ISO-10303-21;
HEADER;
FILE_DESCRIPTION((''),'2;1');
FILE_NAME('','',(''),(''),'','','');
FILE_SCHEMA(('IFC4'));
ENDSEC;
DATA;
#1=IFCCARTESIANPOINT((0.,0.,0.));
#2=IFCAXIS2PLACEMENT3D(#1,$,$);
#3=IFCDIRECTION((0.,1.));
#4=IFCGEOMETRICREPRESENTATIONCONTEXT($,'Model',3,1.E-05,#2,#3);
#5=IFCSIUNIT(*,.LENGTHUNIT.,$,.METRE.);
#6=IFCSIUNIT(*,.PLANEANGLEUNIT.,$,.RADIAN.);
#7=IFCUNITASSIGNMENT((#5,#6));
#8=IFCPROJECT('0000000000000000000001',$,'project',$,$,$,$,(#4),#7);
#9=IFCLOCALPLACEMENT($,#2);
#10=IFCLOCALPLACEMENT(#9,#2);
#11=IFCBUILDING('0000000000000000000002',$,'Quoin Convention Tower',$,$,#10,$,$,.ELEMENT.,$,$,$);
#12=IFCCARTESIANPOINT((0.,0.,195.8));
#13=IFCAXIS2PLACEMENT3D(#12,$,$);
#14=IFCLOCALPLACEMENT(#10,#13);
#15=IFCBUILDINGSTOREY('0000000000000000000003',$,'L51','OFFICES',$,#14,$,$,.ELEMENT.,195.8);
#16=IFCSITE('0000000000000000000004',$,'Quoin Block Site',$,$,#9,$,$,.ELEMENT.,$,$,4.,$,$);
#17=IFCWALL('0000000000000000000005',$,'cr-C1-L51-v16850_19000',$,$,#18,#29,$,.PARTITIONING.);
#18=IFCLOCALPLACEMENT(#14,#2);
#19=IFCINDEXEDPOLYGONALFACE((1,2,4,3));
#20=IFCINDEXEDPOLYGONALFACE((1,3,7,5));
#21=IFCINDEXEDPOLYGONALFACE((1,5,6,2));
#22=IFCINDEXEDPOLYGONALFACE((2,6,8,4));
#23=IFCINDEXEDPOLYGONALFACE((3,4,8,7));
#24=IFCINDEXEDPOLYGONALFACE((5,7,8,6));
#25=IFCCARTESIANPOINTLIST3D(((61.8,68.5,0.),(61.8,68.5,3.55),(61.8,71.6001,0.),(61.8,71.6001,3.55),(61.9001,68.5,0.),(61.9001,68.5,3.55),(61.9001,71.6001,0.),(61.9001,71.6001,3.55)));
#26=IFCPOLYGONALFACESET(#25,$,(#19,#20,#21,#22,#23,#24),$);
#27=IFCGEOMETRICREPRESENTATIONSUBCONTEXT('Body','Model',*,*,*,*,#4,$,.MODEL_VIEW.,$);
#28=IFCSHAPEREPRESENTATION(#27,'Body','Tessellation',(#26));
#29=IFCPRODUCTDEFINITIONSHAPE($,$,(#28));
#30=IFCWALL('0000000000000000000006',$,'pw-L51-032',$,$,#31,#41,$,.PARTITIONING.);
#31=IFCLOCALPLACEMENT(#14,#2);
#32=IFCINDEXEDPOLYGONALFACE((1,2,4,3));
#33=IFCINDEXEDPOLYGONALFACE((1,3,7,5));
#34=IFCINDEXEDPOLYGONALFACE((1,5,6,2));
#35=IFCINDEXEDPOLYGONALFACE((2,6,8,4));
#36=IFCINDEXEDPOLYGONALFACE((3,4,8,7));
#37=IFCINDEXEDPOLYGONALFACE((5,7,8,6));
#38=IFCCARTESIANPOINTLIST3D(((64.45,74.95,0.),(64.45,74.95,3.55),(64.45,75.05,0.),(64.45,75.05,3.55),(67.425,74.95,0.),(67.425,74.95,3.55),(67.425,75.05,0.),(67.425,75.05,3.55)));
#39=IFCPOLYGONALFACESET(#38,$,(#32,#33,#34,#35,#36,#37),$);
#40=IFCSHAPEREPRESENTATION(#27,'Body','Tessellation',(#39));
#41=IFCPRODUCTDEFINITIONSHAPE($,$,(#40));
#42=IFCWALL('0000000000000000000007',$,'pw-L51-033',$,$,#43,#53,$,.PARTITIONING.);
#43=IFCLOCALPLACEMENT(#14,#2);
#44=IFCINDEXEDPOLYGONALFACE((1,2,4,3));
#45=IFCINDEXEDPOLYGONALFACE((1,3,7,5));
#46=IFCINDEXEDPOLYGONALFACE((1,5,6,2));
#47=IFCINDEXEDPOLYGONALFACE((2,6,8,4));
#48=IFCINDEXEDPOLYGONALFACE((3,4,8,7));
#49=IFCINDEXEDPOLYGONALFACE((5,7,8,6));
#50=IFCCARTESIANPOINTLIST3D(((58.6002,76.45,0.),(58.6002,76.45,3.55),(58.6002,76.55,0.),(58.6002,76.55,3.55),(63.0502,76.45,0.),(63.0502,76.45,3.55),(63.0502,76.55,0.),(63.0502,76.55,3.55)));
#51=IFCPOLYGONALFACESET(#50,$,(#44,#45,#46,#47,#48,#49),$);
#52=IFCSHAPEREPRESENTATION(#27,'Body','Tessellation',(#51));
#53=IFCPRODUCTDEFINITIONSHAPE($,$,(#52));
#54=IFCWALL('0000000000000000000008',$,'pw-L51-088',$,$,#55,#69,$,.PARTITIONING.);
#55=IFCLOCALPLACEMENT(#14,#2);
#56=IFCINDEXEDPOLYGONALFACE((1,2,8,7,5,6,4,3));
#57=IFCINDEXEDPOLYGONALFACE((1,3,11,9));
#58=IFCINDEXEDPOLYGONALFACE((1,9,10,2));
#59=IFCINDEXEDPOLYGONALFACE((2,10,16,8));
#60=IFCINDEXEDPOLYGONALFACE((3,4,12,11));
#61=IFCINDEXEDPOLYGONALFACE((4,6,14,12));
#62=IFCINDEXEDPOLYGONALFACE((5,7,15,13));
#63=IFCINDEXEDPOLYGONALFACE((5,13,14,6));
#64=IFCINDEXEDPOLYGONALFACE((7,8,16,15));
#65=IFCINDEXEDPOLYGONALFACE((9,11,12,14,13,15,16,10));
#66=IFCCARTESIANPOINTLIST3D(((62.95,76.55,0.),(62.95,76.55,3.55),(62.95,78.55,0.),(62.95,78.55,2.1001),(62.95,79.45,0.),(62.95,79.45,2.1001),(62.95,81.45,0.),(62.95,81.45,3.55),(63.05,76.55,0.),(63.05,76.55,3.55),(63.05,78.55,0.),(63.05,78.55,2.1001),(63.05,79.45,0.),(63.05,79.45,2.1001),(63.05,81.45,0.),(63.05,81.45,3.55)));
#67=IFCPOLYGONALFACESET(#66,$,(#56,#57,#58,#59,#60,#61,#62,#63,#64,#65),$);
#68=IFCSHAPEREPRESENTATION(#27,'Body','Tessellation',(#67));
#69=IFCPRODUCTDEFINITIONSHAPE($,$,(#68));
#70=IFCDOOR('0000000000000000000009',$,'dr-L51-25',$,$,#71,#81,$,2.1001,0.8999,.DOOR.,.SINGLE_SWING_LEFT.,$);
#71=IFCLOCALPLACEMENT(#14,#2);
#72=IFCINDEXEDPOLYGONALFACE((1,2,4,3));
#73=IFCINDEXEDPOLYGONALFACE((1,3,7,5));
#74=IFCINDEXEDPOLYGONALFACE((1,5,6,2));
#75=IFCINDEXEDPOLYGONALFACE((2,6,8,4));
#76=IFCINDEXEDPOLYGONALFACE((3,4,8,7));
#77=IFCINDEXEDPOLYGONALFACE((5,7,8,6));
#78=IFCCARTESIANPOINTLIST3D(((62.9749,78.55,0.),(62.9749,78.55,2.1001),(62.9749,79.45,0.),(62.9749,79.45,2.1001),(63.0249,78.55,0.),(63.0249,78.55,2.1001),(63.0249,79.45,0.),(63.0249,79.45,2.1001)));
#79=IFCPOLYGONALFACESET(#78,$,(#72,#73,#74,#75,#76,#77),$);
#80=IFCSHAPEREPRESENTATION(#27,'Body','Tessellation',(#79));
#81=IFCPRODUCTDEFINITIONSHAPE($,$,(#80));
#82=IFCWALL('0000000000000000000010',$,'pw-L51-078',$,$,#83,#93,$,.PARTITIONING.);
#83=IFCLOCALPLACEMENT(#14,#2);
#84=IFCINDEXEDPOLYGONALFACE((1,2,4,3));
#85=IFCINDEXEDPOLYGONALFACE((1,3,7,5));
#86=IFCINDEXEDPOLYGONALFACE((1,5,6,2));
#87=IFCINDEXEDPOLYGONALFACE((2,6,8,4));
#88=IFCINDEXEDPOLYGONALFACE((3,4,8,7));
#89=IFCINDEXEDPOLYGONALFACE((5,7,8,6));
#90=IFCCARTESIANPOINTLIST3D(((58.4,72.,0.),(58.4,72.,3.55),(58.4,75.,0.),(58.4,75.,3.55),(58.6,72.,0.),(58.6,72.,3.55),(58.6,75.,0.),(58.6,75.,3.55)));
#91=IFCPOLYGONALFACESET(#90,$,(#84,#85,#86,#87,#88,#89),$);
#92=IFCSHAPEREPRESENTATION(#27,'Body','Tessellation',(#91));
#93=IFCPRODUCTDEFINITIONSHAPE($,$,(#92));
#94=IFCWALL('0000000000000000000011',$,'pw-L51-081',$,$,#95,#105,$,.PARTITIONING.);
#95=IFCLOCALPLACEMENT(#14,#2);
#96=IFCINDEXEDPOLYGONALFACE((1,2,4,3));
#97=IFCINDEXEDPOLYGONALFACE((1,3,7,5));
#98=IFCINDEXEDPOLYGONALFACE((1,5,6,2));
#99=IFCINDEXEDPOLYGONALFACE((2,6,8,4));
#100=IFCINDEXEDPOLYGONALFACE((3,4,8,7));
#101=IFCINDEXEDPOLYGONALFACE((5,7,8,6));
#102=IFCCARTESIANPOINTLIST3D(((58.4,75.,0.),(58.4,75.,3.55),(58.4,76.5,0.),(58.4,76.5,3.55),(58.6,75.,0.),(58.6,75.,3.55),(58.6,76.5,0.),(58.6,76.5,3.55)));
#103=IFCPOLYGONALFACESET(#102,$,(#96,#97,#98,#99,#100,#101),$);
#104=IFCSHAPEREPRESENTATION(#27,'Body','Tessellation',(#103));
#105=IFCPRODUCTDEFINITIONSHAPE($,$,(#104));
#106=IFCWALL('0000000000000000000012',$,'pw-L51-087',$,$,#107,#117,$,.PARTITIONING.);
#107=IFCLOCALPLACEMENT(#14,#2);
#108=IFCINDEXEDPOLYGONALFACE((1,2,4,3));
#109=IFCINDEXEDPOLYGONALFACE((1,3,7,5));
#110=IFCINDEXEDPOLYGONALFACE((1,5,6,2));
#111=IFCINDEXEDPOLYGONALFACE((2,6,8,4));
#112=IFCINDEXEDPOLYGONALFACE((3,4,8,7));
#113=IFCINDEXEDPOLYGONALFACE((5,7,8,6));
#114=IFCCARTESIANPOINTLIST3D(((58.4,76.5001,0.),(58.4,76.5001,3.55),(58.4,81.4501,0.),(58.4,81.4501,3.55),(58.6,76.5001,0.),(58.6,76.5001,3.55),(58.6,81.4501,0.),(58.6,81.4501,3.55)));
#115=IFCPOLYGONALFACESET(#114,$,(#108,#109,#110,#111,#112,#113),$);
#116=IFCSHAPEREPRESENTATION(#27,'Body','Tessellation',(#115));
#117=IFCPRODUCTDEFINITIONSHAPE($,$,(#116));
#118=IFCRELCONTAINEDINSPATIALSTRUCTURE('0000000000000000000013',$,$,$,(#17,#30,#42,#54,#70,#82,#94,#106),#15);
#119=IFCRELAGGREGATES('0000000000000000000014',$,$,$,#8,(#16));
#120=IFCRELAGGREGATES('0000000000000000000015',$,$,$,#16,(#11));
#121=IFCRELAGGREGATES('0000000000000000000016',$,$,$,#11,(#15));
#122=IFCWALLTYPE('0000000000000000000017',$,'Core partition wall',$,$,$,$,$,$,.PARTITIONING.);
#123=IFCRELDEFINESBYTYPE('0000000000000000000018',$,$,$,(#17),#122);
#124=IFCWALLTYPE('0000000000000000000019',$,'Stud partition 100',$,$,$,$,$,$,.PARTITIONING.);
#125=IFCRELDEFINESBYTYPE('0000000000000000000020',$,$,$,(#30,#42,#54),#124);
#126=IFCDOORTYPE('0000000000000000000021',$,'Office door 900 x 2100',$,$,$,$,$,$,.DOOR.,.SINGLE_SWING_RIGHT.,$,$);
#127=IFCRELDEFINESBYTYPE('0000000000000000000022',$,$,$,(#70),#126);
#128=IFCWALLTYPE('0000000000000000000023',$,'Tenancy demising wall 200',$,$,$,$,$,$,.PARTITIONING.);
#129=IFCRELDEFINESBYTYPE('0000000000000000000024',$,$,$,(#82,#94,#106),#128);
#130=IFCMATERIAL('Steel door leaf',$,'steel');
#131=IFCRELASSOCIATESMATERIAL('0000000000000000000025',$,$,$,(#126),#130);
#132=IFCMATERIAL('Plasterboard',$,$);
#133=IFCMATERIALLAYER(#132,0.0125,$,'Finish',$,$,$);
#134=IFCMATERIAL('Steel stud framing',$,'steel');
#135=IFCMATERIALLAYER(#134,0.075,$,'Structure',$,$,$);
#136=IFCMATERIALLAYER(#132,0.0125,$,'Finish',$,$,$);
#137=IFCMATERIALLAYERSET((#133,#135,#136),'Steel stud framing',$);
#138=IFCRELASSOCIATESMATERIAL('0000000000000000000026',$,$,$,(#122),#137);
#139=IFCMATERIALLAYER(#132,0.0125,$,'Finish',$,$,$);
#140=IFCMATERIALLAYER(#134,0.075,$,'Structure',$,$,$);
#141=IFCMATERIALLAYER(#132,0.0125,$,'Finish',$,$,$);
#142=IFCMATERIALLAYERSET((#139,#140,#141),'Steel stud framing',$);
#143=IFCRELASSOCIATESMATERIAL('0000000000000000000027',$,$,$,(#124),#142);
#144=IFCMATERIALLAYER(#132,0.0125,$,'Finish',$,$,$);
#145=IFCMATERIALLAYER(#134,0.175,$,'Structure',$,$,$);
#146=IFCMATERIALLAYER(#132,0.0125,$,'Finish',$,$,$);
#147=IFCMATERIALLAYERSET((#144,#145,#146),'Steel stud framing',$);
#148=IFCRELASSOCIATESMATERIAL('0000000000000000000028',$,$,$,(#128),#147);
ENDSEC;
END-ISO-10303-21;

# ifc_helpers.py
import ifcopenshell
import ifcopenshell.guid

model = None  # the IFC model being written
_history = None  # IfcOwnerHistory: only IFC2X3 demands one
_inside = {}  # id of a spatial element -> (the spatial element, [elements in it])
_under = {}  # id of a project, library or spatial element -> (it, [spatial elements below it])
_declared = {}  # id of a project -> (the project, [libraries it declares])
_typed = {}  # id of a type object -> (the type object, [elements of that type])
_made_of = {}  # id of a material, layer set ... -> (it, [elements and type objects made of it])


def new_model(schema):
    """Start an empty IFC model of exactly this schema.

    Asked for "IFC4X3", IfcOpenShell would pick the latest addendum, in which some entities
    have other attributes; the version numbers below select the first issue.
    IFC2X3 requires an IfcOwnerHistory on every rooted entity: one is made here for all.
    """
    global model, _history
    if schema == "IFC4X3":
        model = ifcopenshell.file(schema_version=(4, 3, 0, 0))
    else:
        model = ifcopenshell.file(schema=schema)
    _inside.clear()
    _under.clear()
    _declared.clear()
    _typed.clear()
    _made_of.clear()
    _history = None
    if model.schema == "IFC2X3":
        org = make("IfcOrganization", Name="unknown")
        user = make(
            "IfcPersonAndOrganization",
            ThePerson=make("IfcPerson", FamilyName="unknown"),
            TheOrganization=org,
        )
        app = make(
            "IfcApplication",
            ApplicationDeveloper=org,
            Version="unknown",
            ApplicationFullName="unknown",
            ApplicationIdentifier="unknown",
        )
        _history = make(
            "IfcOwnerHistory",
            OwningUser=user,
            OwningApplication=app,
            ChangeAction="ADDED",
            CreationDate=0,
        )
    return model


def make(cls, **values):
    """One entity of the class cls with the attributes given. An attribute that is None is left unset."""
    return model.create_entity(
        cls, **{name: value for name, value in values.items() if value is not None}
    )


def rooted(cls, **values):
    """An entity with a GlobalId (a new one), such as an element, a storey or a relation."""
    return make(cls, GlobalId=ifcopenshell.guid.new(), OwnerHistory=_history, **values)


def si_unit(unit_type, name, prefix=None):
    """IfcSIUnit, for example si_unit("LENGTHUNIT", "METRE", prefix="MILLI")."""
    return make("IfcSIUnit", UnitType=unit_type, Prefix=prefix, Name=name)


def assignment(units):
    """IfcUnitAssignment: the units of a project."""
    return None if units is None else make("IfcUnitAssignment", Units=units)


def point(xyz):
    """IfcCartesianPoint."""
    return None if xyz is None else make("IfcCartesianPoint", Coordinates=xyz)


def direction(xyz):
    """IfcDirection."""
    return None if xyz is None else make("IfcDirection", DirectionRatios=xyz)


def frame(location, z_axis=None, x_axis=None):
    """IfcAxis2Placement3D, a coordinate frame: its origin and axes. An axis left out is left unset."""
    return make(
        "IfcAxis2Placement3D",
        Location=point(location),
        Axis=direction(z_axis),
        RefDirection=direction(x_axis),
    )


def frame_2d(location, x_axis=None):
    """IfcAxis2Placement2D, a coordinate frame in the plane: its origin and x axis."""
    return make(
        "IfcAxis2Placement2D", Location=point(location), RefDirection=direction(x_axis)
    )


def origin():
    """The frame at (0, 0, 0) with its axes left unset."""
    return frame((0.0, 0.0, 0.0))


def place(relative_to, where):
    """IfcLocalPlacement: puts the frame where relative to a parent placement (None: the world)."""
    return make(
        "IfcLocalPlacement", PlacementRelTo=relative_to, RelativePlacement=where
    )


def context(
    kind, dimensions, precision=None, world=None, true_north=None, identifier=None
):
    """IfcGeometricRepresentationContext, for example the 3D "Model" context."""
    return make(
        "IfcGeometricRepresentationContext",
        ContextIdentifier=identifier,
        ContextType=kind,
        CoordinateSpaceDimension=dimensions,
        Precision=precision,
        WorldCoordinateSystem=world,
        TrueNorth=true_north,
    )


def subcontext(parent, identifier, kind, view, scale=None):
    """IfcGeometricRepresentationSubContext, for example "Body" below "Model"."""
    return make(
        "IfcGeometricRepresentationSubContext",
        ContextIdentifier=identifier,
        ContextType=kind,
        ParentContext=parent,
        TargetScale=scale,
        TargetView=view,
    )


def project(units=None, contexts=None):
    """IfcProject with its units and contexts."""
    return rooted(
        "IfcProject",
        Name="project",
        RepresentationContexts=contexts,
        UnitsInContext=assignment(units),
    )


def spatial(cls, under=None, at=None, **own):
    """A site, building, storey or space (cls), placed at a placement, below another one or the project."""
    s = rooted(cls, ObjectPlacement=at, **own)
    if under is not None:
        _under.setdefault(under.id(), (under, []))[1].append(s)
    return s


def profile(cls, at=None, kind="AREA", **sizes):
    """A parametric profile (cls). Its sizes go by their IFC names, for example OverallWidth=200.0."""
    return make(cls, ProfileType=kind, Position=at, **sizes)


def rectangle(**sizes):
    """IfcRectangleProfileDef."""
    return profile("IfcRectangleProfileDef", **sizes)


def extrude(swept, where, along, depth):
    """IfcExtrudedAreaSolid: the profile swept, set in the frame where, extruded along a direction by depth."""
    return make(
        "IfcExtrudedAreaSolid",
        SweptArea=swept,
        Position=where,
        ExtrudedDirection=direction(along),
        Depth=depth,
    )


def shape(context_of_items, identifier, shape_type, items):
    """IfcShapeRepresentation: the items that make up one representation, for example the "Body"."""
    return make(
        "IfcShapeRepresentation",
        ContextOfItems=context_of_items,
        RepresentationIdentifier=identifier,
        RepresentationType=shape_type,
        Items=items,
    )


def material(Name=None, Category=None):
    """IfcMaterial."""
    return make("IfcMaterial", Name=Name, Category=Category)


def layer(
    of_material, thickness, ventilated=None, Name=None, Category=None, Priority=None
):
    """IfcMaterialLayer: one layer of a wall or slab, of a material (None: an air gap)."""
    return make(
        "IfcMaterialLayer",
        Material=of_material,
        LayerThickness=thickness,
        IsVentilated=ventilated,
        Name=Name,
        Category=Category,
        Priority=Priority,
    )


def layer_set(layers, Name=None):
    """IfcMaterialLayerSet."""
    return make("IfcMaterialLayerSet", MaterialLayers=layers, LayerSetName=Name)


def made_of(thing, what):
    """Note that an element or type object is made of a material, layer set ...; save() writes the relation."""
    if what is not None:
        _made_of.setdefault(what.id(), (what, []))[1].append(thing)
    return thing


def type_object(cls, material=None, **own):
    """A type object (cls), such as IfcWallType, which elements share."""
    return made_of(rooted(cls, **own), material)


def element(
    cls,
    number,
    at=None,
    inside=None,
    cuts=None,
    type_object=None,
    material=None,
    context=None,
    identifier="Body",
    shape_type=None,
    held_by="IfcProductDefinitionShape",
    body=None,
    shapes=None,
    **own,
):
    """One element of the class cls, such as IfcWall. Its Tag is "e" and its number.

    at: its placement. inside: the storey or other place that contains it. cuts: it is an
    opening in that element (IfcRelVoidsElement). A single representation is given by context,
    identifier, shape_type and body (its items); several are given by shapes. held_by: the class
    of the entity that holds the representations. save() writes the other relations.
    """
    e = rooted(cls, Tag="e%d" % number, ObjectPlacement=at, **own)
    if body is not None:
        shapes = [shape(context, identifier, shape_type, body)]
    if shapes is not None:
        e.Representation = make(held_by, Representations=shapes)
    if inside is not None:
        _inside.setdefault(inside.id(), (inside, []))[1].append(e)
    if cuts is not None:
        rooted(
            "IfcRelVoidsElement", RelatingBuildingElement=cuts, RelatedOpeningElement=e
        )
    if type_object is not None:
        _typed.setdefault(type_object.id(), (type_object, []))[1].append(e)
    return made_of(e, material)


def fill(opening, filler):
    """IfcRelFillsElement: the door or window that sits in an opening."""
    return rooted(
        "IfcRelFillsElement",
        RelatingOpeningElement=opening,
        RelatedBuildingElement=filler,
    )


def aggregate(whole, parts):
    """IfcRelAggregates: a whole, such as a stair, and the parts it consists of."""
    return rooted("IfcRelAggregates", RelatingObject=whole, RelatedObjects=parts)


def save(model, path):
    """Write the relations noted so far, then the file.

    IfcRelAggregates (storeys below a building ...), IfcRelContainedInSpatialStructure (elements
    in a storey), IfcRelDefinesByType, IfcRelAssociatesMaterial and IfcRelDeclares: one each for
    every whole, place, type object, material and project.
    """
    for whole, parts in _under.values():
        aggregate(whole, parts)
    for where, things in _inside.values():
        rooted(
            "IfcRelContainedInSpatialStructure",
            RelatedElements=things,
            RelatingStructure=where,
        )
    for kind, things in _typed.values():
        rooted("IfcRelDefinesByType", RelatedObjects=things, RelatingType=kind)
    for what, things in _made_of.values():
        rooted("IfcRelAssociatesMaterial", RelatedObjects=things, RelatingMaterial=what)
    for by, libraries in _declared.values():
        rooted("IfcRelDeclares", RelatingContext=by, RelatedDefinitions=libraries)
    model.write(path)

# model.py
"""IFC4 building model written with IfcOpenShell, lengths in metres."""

from ifc_helpers import new_model, si_unit, direction, frame, frame_2d, origin, place, context, subcontext, project, spatial, rectangle, extrude, material, layer, layer_set, type_object, element, fill, save


model = new_model("IFC4")

# Units and contexts
model_context = context("Model", 3, precision=1e-05, world=origin(), true_north=direction((0.0, 1.0)))
body_context = subcontext(model_context, "Body", "Model", "MODEL_VIEW")
ifc_project = project(units=[si_unit("LENGTHUNIT", "METRE"), si_unit("PLANEANGLEUNIT", "RADIAN")], contexts=[model_context])

# Site, building, storey
site_placement = place(None, origin())
site = spatial("IfcSite", under=ifc_project, at=site_placement, Name="Quoin Block Site", CompositionType="ELEMENT", RefElevation=4.0)
building_placement = place(site_placement, origin())
building = spatial("IfcBuilding", under=site, at=building_placement, Name="Quoin Convention Tower", CompositionType="ELEMENT")
storey_placement = place(building_placement, frame((0.0, 0.0, 195.8)))
storey = spatial("IfcBuildingStorey", under=building, at=storey_placement, Name="L51", Description="OFFICES", CompositionType="ELEMENT", Elevation=195.8)

# Shared definitions
ifc_material_1 = material(Name="Plasterboard")
ifc_material_2 = material(Name="Steel stud framing", Category="steel")
ifc_material_3 = material(Name="Steel door leaf", Category="steel")
door_type = type_object("IfcDoorType", Name="Office door 900 x 2100", OperationType="SINGLE_SWING_RIGHT", PredefinedType="DOOR", material=ifc_material_3)

# Walls
ifc_layer_1 = layer(ifc_material_1, 0.0125, Name="Finish")
ifc_layer_2 = layer(ifc_material_2, 0.075, Name="Structure")
ifc_layer_3 = layer(ifc_material_1, 0.0125, Name="Finish")
ifc_layer_set_1 = layer_set([ifc_layer_1, ifc_layer_2, ifc_layer_3], Name="Steel stud framing")
wall_type_1 = type_object("IfcWallType", Name="Core partition wall", PredefinedType="PARTITIONING", material=ifc_layer_set_1)
wall_1_placement = place(storey_placement, frame((61.8501, 68.5, 0.0), z_axis=(0.0, 0.0, 1.0), x_axis=(0.0, 1.0, 0.0)))
element("IfcWall", 1, at=wall_1_placement, inside=storey, type_object=wall_type_1, Name="cr-C1-L51-v16850_19000", PredefinedType="PARTITIONING", context=body_context, shape_type="SweptSolid", body=[
    extrude(rectangle(XDim=3.1001, YDim=0.1001, at=frame_2d((1.55, 0.0))), origin(), (0.0, 0.0, 1.0), 3.55),
])
ifc_layer_4 = layer(ifc_material_1, 0.0125, Name="Finish")
ifc_layer_5 = layer(ifc_material_2, 0.075, Name="Structure")
ifc_layer_6 = layer(ifc_material_1, 0.0125, Name="Finish")
ifc_layer_set_2 = layer_set([ifc_layer_4, ifc_layer_5, ifc_layer_6], Name="Steel stud framing")
wall_type_2 = type_object("IfcWallType", Name="Stud partition 100", PredefinedType="PARTITIONING", material=ifc_layer_set_2)
wall_2_placement = place(storey_placement, frame((64.45, 75.0, 0.0), z_axis=(0.0, 0.0, 1.0), x_axis=(1.0, 0.0, 0.0)))
element("IfcWall", 2, at=wall_2_placement, inside=storey, type_object=wall_type_2, Name="pw-L51-032", PredefinedType="PARTITIONING", context=body_context, shape_type="SweptSolid", body=[
    extrude(rectangle(XDim=2.9751, YDim=0.1001, at=frame_2d((1.4875, 0.0))), origin(), (0.0, 0.0, 1.0), 3.55),
])
wall_3_placement = place(storey_placement, frame((58.6001, 76.5, 0.0), z_axis=(0.0, 0.0, 1.0), x_axis=(1.0, 0.0, 0.0)))
element("IfcWall", 3, at=wall_3_placement, inside=storey, type_object=wall_type_2, Name="pw-L51-033", PredefinedType="PARTITIONING", context=body_context, shape_type="SweptSolid", body=[
    extrude(rectangle(XDim=4.45, YDim=0.1001, at=frame_2d((2.2251, 0.0))), origin(), (0.0, 0.0, 1.0), 3.55),
])

# Wall, opening, door
wall_4_placement = place(storey_placement, frame((63.0, 76.55, 0.0), z_axis=(0.0, 0.0, 1.0), x_axis=(0.0, 1.0, 0.0)))
wall_4 = element("IfcWall", 4, at=wall_4_placement, inside=storey, type_object=wall_type_2, Name="pw-L51-088", PredefinedType="PARTITIONING", context=body_context, shape_type="SweptSolid", body=[
    extrude(rectangle(XDim=4.8999, YDim=0.1001, at=frame_2d((2.45, 0.0))), origin(), (0.0, 0.0, 1.0), 3.55),
])
opening_1_placement = place(wall_4_placement, frame((2.0, 0.0, 0.0)))
opening_1 = element("IfcOpeningElement", 5, at=opening_1_placement, cuts=wall_4, PredefinedType="OPENING", context=body_context, shape_type="SweptSolid", body=[
    extrude(rectangle(XDim=0.8999, YDim=2.1001, at=frame_2d((0.45, 1.05))), frame((0.0, 0.0601, 0.0), z_axis=(0.0, -1.0, 0.0), x_axis=(1.0, 0.0, 0.0)), (0.0, 0.0, 1.0), 0.1201),
])
door_1_placement = place(opening_1_placement, frame((0.8999, 0.0, 0.0), z_axis=(0.0, 0.0, 1.0), x_axis=(-1.0, 0.0, 0.0)))
door_1 = element("IfcDoor", 6, at=door_1_placement, inside=storey, type_object=door_type, Name="dr-L51-25", OperationType="SINGLE_SWING_LEFT", OverallHeight=2.1001, OverallWidth=0.8999, PredefinedType="DOOR", context=body_context, shape_type="SweptSolid", body=[
    extrude(rectangle(XDim=0.8999, YDim=2.1001, at=frame_2d((0.45, 1.05))), frame((0.0, 0.0249, 0.0), z_axis=(0.0, -1.0, 0.0), x_axis=(1.0, 0.0, 0.0)), (0.0, 0.0, 1.0), 0.05),
])
fill(opening_1, door_1)

# Walls
ifc_layer_7 = layer(ifc_material_1, 0.0125, Name="Finish")
ifc_layer_8 = layer(ifc_material_2, 0.175, Name="Structure")
ifc_layer_9 = layer(ifc_material_1, 0.0125, Name="Finish")
ifc_layer_set_3 = layer_set([ifc_layer_7, ifc_layer_8, ifc_layer_9], Name="Steel stud framing")
wall_type_3 = type_object("IfcWallType", Name="Tenancy demising wall 200", PredefinedType="PARTITIONING", material=ifc_layer_set_3)
wall_5_placement = place(storey_placement, frame((58.5, 72.0, 0.0), z_axis=(0.0, 0.0, 1.0), x_axis=(0.0, 1.0, 0.0)))
element("IfcWall", 7, at=wall_5_placement, inside=storey, type_object=wall_type_3, Name="pw-L51-078", PredefinedType="PARTITIONING", context=body_context, shape_type="SweptSolid", body=[
    extrude(rectangle(XDim=3.0, YDim=0.2, at=frame_2d((1.5, 0.0))), origin(), (0.0, 0.0, 1.0), 3.55),
])
wall_6_placement = place(storey_placement, frame((58.5, 75.0, 0.0), z_axis=(0.0, 0.0, 1.0), x_axis=(0.0, 1.0, 0.0)))
element("IfcWall", 8, at=wall_6_placement, inside=storey, type_object=wall_type_3, Name="pw-L51-081", PredefinedType="PARTITIONING", context=body_context, shape_type="SweptSolid", body=[
    extrude(rectangle(XDim=1.5, YDim=0.2, at=frame_2d((0.75, 0.0))), origin(), (0.0, 0.0, 1.0), 3.55),
])
wall_7_placement = place(storey_placement, frame((58.5, 76.5, 0.0), z_axis=(0.0, 0.0, 1.0), x_axis=(0.0, 1.0, 0.0)))
element("IfcWall", 9, at=wall_7_placement, inside=storey, type_object=wall_type_3, Name="pw-L51-087", PredefinedType="PARTITIONING", context=body_context, shape_type="SweptSolid", body=[
    extrude(rectangle(XDim=4.95, YDim=0.2, at=frame_2d((2.4751, 0.0))), origin(), (0.0, 0.0, 1.0), 3.55),
])

save(model, "model.ifc")
